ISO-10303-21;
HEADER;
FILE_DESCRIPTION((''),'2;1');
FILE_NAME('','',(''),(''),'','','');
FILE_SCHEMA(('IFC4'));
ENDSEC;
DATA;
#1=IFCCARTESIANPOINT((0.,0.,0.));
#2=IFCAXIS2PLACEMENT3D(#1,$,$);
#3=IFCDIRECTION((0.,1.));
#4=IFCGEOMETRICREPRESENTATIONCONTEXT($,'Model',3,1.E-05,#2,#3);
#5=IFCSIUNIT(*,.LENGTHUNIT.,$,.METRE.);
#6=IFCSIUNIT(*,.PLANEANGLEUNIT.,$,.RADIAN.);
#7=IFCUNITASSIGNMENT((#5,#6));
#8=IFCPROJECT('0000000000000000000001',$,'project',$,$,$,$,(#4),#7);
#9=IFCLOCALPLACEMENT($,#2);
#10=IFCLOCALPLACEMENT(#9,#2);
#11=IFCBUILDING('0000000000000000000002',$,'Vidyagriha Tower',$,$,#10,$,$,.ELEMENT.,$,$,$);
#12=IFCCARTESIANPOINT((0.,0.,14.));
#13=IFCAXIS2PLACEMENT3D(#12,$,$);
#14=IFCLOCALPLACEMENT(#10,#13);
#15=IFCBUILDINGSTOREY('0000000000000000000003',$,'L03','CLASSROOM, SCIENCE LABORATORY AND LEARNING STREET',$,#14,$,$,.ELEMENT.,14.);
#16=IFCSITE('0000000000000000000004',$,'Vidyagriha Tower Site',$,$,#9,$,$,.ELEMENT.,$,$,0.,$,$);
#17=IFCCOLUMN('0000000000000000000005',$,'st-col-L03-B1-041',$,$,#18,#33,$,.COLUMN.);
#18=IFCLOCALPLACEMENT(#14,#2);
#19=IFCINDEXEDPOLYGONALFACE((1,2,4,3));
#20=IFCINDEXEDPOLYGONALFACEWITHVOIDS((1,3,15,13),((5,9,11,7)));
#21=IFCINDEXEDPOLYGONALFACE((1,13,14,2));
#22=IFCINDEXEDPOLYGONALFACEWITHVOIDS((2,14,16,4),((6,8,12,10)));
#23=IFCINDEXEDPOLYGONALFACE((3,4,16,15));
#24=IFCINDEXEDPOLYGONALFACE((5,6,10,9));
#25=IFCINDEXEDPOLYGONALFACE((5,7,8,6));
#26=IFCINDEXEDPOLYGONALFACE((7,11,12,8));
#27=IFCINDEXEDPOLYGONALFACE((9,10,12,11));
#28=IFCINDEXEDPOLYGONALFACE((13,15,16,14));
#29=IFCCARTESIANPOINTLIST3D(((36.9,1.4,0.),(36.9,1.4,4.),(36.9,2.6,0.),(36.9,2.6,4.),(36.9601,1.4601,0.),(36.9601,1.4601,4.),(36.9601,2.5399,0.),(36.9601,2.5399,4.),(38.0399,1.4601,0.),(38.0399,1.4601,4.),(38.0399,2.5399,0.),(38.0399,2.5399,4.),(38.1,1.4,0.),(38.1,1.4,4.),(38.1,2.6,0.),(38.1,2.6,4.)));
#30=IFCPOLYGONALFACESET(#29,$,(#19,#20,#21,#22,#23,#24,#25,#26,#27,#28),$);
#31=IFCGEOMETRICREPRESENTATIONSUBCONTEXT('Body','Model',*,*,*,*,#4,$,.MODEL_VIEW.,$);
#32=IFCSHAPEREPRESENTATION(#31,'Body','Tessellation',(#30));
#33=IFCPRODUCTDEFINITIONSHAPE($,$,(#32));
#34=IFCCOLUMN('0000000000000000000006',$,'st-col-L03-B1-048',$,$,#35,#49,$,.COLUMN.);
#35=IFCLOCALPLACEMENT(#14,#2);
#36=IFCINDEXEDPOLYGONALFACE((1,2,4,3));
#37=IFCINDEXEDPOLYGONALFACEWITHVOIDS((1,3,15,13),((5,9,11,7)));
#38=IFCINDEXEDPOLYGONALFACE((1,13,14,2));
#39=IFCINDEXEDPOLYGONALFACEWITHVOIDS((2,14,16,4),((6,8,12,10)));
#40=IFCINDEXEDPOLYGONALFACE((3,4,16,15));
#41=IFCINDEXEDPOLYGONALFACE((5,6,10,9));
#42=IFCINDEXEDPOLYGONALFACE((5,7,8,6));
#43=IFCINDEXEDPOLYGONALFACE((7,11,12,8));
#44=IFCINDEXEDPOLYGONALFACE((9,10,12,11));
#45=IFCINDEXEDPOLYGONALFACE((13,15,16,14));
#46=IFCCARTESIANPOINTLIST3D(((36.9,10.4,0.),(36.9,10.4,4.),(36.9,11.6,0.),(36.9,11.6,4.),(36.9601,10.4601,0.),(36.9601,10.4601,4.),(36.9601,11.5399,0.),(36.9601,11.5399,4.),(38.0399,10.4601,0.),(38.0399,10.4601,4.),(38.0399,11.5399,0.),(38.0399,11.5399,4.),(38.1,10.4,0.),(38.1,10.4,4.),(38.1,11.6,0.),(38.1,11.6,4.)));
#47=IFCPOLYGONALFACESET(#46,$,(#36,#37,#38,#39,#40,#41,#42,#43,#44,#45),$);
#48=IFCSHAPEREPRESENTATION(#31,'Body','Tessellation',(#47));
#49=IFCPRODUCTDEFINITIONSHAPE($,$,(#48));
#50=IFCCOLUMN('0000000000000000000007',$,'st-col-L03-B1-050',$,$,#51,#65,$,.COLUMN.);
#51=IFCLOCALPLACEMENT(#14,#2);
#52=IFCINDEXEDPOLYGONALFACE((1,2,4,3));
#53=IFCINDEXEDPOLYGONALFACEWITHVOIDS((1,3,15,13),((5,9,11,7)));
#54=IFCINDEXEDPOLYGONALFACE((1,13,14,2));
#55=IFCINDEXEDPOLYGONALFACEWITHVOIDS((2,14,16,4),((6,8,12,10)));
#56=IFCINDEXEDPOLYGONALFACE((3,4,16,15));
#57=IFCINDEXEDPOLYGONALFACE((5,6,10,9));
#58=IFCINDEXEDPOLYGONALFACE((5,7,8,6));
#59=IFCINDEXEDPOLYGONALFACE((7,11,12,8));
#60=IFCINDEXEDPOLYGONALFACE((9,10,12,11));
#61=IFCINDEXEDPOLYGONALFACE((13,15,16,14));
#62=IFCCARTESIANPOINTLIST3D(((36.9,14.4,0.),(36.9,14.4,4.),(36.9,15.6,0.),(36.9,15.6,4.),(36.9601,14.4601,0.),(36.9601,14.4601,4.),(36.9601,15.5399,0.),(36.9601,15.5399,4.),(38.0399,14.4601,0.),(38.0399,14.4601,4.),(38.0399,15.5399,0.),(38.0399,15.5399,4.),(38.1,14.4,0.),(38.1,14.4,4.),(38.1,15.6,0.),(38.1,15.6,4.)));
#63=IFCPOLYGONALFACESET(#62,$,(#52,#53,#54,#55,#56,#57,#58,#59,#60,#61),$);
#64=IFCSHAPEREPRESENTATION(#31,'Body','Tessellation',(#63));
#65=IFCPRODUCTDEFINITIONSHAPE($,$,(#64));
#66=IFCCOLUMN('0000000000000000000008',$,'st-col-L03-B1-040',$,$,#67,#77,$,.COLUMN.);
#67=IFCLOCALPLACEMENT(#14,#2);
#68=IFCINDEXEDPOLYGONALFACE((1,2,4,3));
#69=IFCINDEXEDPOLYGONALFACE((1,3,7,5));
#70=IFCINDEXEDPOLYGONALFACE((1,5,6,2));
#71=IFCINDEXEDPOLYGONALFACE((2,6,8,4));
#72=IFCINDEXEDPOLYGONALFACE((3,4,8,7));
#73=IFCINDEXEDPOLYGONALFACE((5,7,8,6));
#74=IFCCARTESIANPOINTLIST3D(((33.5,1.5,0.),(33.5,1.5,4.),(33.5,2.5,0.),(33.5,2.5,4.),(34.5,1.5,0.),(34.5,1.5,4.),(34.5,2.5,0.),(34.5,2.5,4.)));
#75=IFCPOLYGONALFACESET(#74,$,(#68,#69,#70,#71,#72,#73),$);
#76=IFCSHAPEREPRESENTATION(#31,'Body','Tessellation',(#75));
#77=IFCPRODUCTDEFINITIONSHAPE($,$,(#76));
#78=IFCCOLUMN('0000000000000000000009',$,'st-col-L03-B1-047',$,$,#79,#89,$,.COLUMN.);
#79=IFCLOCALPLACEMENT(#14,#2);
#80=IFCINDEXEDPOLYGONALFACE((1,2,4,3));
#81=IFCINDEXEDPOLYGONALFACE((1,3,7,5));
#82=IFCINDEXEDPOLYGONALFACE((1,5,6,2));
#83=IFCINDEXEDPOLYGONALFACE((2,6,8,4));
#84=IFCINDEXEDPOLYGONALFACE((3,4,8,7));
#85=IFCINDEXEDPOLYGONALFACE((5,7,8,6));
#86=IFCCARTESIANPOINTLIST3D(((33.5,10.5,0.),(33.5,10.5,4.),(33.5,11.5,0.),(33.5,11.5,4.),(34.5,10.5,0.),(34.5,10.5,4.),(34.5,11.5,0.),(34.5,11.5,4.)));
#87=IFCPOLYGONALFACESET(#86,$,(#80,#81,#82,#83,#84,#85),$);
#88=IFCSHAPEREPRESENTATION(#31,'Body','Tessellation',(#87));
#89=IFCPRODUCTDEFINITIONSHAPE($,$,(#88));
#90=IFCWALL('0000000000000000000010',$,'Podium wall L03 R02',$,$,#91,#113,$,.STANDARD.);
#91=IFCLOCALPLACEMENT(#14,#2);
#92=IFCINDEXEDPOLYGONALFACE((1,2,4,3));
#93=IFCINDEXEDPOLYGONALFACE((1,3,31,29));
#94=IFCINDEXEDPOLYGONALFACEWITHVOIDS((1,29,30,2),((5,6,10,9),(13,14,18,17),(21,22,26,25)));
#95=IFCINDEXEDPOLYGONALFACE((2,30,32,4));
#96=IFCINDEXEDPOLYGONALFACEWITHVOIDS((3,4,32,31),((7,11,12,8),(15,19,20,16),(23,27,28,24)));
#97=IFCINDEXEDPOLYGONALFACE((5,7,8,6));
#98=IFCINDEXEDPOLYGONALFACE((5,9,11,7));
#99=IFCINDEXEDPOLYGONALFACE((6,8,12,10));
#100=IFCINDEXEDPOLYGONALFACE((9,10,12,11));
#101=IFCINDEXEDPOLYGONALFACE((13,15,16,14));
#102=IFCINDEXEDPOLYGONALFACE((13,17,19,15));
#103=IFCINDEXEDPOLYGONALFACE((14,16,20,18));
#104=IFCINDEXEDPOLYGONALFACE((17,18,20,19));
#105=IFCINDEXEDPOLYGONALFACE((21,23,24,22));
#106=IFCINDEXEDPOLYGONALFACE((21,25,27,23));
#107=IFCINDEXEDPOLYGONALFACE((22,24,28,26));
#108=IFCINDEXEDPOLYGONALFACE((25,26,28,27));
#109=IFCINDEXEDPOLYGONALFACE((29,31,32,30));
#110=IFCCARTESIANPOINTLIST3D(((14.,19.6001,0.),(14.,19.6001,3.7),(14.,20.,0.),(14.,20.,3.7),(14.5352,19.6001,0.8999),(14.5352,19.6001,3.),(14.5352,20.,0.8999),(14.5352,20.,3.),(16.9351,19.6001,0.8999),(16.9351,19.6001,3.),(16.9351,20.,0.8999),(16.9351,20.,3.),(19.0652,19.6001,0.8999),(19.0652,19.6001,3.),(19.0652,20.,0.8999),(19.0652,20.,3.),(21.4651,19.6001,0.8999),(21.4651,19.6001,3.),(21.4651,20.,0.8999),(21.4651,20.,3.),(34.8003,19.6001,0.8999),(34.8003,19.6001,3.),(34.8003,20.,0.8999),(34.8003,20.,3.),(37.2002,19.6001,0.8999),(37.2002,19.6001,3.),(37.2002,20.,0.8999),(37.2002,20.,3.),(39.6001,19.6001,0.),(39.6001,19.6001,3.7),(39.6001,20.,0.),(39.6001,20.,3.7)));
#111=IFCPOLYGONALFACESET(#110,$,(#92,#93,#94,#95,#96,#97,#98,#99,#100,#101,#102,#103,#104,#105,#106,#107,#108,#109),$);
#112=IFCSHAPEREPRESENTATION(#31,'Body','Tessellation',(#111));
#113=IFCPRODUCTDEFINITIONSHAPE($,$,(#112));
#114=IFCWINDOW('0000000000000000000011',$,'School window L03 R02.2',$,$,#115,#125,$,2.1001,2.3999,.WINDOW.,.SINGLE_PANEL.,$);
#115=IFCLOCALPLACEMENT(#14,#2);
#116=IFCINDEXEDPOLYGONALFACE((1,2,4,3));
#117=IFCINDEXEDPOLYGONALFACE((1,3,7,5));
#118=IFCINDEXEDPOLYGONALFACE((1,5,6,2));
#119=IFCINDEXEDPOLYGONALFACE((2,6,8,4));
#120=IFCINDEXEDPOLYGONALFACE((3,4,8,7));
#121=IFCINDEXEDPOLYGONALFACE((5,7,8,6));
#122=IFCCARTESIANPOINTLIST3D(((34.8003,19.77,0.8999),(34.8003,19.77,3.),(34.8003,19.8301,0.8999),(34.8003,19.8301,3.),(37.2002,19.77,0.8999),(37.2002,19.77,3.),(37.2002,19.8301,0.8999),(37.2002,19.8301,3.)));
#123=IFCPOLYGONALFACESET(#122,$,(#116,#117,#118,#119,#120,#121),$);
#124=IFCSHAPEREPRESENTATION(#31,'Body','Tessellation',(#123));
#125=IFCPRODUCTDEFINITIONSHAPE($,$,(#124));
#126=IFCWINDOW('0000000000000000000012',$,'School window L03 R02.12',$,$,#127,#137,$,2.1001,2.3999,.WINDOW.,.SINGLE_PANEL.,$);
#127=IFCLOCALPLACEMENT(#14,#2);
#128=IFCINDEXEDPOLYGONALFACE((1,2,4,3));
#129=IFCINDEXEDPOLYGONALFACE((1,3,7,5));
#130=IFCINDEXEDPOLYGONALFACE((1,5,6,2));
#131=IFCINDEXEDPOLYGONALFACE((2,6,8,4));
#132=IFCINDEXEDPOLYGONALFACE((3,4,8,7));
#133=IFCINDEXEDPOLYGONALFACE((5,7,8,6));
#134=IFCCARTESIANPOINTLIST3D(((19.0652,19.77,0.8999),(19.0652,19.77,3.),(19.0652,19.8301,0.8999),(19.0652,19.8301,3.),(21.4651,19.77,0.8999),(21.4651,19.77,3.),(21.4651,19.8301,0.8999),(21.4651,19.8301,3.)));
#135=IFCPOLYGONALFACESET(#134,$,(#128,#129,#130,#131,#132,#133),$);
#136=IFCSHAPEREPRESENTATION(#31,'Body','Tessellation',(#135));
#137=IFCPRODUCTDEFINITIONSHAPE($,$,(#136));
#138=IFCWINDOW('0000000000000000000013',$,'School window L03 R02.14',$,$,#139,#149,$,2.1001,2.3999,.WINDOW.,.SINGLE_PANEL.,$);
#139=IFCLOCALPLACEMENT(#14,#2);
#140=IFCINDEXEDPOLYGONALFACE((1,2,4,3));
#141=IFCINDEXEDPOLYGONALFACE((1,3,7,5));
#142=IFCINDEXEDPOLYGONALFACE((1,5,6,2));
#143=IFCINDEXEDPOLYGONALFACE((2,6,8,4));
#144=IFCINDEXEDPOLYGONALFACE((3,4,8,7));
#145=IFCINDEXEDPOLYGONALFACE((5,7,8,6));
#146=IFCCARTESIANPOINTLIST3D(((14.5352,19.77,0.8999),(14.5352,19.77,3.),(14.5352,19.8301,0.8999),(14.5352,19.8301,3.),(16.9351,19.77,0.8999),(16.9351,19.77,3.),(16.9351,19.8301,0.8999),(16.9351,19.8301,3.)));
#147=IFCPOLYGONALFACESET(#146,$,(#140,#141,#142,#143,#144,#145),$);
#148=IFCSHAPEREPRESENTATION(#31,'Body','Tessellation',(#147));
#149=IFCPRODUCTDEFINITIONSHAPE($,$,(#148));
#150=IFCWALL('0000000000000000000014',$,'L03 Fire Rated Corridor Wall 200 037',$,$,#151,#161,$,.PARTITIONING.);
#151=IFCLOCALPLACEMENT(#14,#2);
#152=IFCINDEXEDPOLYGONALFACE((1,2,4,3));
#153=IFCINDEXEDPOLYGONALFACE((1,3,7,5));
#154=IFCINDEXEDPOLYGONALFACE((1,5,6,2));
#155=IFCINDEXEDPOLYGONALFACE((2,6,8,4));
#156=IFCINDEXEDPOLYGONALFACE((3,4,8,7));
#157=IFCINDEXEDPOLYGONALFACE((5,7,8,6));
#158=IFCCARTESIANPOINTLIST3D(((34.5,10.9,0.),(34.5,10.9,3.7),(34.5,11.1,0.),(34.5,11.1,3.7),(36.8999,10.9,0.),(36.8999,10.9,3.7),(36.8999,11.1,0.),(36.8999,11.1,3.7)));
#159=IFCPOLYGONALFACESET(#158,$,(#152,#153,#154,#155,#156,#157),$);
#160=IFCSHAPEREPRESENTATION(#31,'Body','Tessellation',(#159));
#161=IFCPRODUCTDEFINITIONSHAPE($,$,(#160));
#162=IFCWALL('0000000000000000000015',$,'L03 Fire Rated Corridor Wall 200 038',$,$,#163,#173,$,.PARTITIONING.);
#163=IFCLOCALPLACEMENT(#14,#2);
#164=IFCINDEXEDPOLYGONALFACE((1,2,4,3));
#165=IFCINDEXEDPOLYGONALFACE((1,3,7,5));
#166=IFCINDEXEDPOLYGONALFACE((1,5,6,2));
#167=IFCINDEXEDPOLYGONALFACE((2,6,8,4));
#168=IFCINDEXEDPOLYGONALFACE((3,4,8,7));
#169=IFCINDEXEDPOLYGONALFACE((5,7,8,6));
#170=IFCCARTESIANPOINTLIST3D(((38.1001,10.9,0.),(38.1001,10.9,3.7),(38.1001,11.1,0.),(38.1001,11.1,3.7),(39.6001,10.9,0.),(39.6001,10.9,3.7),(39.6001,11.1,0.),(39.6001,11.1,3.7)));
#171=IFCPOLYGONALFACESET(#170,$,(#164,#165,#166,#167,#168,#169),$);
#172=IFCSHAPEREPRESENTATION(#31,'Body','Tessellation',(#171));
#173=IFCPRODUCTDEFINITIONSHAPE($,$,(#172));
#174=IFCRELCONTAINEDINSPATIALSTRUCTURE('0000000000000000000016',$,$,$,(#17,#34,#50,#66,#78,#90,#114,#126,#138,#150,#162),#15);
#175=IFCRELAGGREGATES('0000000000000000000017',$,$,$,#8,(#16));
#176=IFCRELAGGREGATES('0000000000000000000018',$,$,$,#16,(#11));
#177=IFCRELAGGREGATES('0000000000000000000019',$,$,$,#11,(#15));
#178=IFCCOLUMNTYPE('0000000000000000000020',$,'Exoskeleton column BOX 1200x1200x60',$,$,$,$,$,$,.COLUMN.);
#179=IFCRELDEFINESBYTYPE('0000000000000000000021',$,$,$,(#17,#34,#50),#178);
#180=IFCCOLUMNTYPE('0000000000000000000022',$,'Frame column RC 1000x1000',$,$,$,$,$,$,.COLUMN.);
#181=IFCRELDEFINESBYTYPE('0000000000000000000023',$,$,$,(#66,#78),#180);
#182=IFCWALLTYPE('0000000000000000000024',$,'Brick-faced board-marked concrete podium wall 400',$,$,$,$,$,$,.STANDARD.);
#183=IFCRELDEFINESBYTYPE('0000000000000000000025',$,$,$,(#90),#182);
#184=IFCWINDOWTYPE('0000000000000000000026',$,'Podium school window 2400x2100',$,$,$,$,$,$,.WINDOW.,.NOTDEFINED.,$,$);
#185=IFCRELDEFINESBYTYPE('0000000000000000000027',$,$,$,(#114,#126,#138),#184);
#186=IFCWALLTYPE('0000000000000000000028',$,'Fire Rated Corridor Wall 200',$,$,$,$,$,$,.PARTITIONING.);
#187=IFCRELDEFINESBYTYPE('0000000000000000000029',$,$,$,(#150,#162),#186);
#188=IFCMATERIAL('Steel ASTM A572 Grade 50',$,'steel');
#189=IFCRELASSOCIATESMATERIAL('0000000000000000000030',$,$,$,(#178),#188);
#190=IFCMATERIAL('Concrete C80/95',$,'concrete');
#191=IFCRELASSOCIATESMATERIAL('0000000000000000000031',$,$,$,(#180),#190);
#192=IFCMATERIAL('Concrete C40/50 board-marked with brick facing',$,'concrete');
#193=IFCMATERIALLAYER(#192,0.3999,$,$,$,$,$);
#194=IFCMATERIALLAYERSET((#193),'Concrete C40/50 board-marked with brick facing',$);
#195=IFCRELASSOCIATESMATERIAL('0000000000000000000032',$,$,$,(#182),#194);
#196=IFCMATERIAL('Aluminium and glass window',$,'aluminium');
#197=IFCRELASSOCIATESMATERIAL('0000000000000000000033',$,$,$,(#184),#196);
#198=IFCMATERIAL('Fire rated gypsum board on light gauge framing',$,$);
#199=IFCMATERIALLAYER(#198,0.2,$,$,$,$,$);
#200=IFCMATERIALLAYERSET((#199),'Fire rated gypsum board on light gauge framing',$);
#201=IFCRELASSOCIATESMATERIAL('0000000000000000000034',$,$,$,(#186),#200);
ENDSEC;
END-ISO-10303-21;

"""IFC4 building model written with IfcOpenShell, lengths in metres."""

from ifc_helpers import new_model, si_unit, direction, frame, frame_2d, origin, origin_2d, place, context, subcontext, project, spatial, rectangle, hollow_rectangle, extrude, material, layer, layer_set, material_profile, profile_set, type_object, element, fill, save


model = new_model("IFC4")

# Units and contexts
model_context = context("Model", 3, precision=1e-05, world=origin(), true_north=direction((0.0, 1.0)))
body_context = subcontext(model_context, "Body", "Model", "MODEL_VIEW")
ifc_project = project(units=[si_unit("LENGTHUNIT", "METRE"), si_unit("PLANEANGLEUNIT", "RADIAN")], contexts=[model_context])

# Site, building, storey
site_placement = place(None, origin())
site = spatial("IfcSite", under=ifc_project, at=site_placement, Name="Vidyagriha Tower Site", CompositionType="ELEMENT", RefElevation=0.0)
building_placement = place(site_placement, origin())
building = spatial("IfcBuilding", under=site, at=building_placement, Name="Vidyagriha Tower", CompositionType="ELEMENT")
storey_placement = place(building_placement, frame((0.0, 0.0, 14.0)))
storey = spatial("IfcBuildingStorey", under=building, at=storey_placement, Name="L03", Description="CLASSROOM, SCIENCE LABORATORY AND LEARNING STREET", CompositionType="ELEMENT", Elevation=14.0)

# Columns
ifc_material_1 = material(Name="Steel ASTM A572 Grade 50", Category="steel")
ifc_material_profile_1 = material_profile(ifc_material_1, hollow_rectangle(XDim=1.2, YDim=1.2, WallThickness=0.0601, at=origin_2d()), Name="BOX 1200x1200x60")
ifc_profile_set_1 = profile_set([ifc_material_profile_1], Name="Steel ASTM A572 Grade 50")
column_type_1 = type_object("IfcColumnType", Name="Exoskeleton column BOX 1200x1200x60", PredefinedType="COLUMN", material=ifc_profile_set_1)
for number, where, name in (
    (1, (37.5, 2.0, 0.0), "st-col-L03-B1-041"),
    (2, (37.5, 11.0, 0.0), "st-col-L03-B1-048"),
    (3, (37.5, 15.0, 0.0), "st-col-L03-B1-050"),
):
    element("IfcColumn", number, at=place(storey_placement, frame(where)), inside=storey, type_object=column_type_1, Name=name, PredefinedType="COLUMN", context=body_context, shape_type="SweptSolid", body=[
        extrude(hollow_rectangle(XDim=1.2, YDim=1.2, WallThickness=0.0601, at=origin_2d()), origin(), (0.0, 0.0, 1.0), 4.0),
    ])
ifc_material_2 = material(Name="Concrete C80/95", Category="concrete")
ifc_material_profile_2 = material_profile(ifc_material_2, rectangle(XDim=1.0, YDim=1.0, at=origin_2d()), Name="RC 1000x1000")
ifc_profile_set_2 = profile_set([ifc_material_profile_2], Name="Concrete C80/95")
column_type_2 = type_object("IfcColumnType", Name="Frame column RC 1000x1000", PredefinedType="COLUMN", material=ifc_profile_set_2)
for number, where, name in (
    (4, (34.0, 2.0, 0.0), "st-col-L03-B1-040"),
    (5, (34.0, 11.0, 0.0), "st-col-L03-B1-047"),
):
    element("IfcColumn", number, at=place(storey_placement, frame(where)), inside=storey, type_object=column_type_2, Name=name, PredefinedType="COLUMN", context=body_context, shape_type="SweptSolid", body=[
        extrude(rectangle(XDim=1.0, YDim=1.0, at=origin_2d()), origin(), (0.0, 0.0, 1.0), 4.0),
    ])

# Wall, openings, windows
ifc_material_3 = material(Name="Concrete C40/50 board-marked with brick facing", Category="concrete")
ifc_layer_1 = layer(ifc_material_3, 0.3999)
ifc_layer_set_1 = layer_set([ifc_layer_1], Name="Concrete C40/50 board-marked with brick facing")
wall_type_1 = type_object("IfcWallType", Name="Brick-faced board-marked concrete podium wall 400", PredefinedType="STANDARD", material=ifc_layer_set_1)
wall_1_placement = place(storey_placement, frame((39.6001, 19.8, 0.0), z_axis=(0.0, 0.0, 1.0), x_axis=(-1.0, 0.0, 0.0)))
wall_1 = element("IfcWall", 6, at=wall_1_placement, inside=storey, type_object=wall_type_1, Name="Podium wall L03 R02", PredefinedType="STANDARD", context=body_context, shape_type="SweptSolid", body=[
    extrude(rectangle(XDim=25.6001, YDim=0.3999, at=frame_2d((12.8, 0.0))), origin(), (0.0, 0.0, 1.0), 3.7),
])
opening_1_placement = place(wall_1_placement, frame((2.3999, 0.0, 0.8999)))
opening_1 = element("IfcOpeningElement", 7, at=opening_1_placement, cuts=wall_1, PredefinedType="OPENING", context=body_context, shape_type="SweptSolid", body=[
    extrude(rectangle(XDim=2.3999, YDim=2.1001, at=frame_2d((1.2, 1.05))), frame((0.0, 0.21, 0.0), z_axis=(0.0, -1.0, 0.0), x_axis=(1.0, 0.0, 0.0)), (0.0, 0.0, 1.0), 0.4199),
])
opening_2_placement = place(wall_1_placement, frame((18.135, 0.0, 0.8999)))
opening_2 = element("IfcOpeningElement", 8, at=opening_2_placement, cuts=wall_1, PredefinedType="OPENING", context=body_context, shape_type="SweptSolid", body=[
    extrude(rectangle(XDim=2.3999, YDim=2.1001, at=frame_2d((1.2, 1.05))), frame((0.0, 0.21, 0.0), z_axis=(0.0, -1.0, 0.0), x_axis=(1.0, 0.0, 0.0)), (0.0, 0.0, 1.0), 0.4199),
])
opening_3_placement = place(wall_1_placement, frame((22.665, 0.0, 0.8999)))
opening_3 = element("IfcOpeningElement", 9, at=opening_3_placement, cuts=wall_1, PredefinedType="OPENING", context=body_context, shape_type="SweptSolid", body=[
    extrude(rectangle(XDim=2.3999, YDim=2.1001, at=frame_2d((1.2, 1.05))), frame((0.0, 0.21, 0.0), z_axis=(0.0, -1.0, 0.0), x_axis=(1.0, 0.0, 0.0)), (0.0, 0.0, 1.0), 0.4199),
])
ifc_material_4 = material(Name="Aluminium and glass window", Category="aluminium")
window_type = type_object("IfcWindowType", Name="Podium school window 2400x2100", PartitioningType="NOTDEFINED", PredefinedType="WINDOW", material=ifc_material_4)
window_1_placement = place(opening_1_placement, origin())
window_1 = element("IfcWindow", 10, at=window_1_placement, inside=storey, type_object=window_type, Name="School window L03 R02.2", OverallHeight=2.1001, OverallWidth=2.3999, PartitioningType="SINGLE_PANEL", PredefinedType="WINDOW", context=body_context, shape_type="SweptSolid", body=[
    extrude(rectangle(XDim=2.3999, YDim=2.1001, at=frame_2d((1.2, 1.05))), frame((0.0, 0.03, 0.0), z_axis=(0.0, -1.0, 0.0), x_axis=(1.0, 0.0, 0.0)), (0.0, 0.0, 1.0), 0.0601),
])
fill(opening_1, window_1)
window_2_placement = place(opening_2_placement, origin())
window_2 = element("IfcWindow", 11, at=window_2_placement, inside=storey, type_object=window_type, Name="School window L03 R02.12", OverallHeight=2.1001, OverallWidth=2.3999, PartitioningType="SINGLE_PANEL", PredefinedType="WINDOW", context=body_context, shape_type="SweptSolid", body=[
    extrude(rectangle(XDim=2.3999, YDim=2.1001, at=frame_2d((1.2, 1.05))), frame((0.0, 0.03, 0.0), z_axis=(0.0, -1.0, 0.0), x_axis=(1.0, 0.0, 0.0)), (0.0, 0.0, 1.0), 0.0601),
])
fill(opening_2, window_2)
window_3_placement = place(opening_3_placement, origin())
window_3 = element("IfcWindow", 12, at=window_3_placement, inside=storey, type_object=window_type, Name="School window L03 R02.14", OverallHeight=2.1001, OverallWidth=2.3999, PartitioningType="SINGLE_PANEL", PredefinedType="WINDOW", context=body_context, shape_type="SweptSolid", body=[
    extrude(rectangle(XDim=2.3999, YDim=2.1001, at=frame_2d((1.2, 1.05))), frame((0.0, 0.03, 0.0), z_axis=(0.0, -1.0, 0.0), x_axis=(1.0, 0.0, 0.0)), (0.0, 0.0, 1.0), 0.0601),
])
fill(opening_3, window_3)

# Walls
ifc_material_5 = material(Name="Fire rated gypsum board on light gauge framing")
ifc_layer_2 = layer(ifc_material_5, 0.2)
ifc_layer_set_2 = layer_set([ifc_layer_2], Name="Fire rated gypsum board on light gauge framing")
wall_type_2 = type_object("IfcWallType", Name="Fire Rated Corridor Wall 200", PredefinedType="PARTITIONING", material=ifc_layer_set_2)
wall_2_placement = place(storey_placement, frame((34.5, 11.0, 0.0)))
element("IfcWall", 13, at=wall_2_placement, inside=storey, type_object=wall_type_2, Name="L03 Fire Rated Corridor Wall 200 037", PredefinedType="PARTITIONING", context=body_context, shape_type="SweptSolid", body=[
    extrude(rectangle(XDim=2.3999, YDim=0.2, at=frame_2d((1.2, 0.0))), origin(), (0.0, 0.0, 1.0), 3.7),
])
wall_3_placement = place(storey_placement, frame((38.1001, 11.0, 0.0)))
element("IfcWall", 14, at=wall_3_placement, inside=storey, type_object=wall_type_2, Name="L03 Fire Rated Corridor Wall 200 038", PredefinedType="PARTITIONING", context=body_context, shape_type="SweptSolid", body=[
    extrude(rectangle(XDim=1.5, YDim=0.2, at=frame_2d((0.75, 0.0))), origin(), (0.0, 0.0, 1.0), 3.7),
])

save(model, "model.ifc")
